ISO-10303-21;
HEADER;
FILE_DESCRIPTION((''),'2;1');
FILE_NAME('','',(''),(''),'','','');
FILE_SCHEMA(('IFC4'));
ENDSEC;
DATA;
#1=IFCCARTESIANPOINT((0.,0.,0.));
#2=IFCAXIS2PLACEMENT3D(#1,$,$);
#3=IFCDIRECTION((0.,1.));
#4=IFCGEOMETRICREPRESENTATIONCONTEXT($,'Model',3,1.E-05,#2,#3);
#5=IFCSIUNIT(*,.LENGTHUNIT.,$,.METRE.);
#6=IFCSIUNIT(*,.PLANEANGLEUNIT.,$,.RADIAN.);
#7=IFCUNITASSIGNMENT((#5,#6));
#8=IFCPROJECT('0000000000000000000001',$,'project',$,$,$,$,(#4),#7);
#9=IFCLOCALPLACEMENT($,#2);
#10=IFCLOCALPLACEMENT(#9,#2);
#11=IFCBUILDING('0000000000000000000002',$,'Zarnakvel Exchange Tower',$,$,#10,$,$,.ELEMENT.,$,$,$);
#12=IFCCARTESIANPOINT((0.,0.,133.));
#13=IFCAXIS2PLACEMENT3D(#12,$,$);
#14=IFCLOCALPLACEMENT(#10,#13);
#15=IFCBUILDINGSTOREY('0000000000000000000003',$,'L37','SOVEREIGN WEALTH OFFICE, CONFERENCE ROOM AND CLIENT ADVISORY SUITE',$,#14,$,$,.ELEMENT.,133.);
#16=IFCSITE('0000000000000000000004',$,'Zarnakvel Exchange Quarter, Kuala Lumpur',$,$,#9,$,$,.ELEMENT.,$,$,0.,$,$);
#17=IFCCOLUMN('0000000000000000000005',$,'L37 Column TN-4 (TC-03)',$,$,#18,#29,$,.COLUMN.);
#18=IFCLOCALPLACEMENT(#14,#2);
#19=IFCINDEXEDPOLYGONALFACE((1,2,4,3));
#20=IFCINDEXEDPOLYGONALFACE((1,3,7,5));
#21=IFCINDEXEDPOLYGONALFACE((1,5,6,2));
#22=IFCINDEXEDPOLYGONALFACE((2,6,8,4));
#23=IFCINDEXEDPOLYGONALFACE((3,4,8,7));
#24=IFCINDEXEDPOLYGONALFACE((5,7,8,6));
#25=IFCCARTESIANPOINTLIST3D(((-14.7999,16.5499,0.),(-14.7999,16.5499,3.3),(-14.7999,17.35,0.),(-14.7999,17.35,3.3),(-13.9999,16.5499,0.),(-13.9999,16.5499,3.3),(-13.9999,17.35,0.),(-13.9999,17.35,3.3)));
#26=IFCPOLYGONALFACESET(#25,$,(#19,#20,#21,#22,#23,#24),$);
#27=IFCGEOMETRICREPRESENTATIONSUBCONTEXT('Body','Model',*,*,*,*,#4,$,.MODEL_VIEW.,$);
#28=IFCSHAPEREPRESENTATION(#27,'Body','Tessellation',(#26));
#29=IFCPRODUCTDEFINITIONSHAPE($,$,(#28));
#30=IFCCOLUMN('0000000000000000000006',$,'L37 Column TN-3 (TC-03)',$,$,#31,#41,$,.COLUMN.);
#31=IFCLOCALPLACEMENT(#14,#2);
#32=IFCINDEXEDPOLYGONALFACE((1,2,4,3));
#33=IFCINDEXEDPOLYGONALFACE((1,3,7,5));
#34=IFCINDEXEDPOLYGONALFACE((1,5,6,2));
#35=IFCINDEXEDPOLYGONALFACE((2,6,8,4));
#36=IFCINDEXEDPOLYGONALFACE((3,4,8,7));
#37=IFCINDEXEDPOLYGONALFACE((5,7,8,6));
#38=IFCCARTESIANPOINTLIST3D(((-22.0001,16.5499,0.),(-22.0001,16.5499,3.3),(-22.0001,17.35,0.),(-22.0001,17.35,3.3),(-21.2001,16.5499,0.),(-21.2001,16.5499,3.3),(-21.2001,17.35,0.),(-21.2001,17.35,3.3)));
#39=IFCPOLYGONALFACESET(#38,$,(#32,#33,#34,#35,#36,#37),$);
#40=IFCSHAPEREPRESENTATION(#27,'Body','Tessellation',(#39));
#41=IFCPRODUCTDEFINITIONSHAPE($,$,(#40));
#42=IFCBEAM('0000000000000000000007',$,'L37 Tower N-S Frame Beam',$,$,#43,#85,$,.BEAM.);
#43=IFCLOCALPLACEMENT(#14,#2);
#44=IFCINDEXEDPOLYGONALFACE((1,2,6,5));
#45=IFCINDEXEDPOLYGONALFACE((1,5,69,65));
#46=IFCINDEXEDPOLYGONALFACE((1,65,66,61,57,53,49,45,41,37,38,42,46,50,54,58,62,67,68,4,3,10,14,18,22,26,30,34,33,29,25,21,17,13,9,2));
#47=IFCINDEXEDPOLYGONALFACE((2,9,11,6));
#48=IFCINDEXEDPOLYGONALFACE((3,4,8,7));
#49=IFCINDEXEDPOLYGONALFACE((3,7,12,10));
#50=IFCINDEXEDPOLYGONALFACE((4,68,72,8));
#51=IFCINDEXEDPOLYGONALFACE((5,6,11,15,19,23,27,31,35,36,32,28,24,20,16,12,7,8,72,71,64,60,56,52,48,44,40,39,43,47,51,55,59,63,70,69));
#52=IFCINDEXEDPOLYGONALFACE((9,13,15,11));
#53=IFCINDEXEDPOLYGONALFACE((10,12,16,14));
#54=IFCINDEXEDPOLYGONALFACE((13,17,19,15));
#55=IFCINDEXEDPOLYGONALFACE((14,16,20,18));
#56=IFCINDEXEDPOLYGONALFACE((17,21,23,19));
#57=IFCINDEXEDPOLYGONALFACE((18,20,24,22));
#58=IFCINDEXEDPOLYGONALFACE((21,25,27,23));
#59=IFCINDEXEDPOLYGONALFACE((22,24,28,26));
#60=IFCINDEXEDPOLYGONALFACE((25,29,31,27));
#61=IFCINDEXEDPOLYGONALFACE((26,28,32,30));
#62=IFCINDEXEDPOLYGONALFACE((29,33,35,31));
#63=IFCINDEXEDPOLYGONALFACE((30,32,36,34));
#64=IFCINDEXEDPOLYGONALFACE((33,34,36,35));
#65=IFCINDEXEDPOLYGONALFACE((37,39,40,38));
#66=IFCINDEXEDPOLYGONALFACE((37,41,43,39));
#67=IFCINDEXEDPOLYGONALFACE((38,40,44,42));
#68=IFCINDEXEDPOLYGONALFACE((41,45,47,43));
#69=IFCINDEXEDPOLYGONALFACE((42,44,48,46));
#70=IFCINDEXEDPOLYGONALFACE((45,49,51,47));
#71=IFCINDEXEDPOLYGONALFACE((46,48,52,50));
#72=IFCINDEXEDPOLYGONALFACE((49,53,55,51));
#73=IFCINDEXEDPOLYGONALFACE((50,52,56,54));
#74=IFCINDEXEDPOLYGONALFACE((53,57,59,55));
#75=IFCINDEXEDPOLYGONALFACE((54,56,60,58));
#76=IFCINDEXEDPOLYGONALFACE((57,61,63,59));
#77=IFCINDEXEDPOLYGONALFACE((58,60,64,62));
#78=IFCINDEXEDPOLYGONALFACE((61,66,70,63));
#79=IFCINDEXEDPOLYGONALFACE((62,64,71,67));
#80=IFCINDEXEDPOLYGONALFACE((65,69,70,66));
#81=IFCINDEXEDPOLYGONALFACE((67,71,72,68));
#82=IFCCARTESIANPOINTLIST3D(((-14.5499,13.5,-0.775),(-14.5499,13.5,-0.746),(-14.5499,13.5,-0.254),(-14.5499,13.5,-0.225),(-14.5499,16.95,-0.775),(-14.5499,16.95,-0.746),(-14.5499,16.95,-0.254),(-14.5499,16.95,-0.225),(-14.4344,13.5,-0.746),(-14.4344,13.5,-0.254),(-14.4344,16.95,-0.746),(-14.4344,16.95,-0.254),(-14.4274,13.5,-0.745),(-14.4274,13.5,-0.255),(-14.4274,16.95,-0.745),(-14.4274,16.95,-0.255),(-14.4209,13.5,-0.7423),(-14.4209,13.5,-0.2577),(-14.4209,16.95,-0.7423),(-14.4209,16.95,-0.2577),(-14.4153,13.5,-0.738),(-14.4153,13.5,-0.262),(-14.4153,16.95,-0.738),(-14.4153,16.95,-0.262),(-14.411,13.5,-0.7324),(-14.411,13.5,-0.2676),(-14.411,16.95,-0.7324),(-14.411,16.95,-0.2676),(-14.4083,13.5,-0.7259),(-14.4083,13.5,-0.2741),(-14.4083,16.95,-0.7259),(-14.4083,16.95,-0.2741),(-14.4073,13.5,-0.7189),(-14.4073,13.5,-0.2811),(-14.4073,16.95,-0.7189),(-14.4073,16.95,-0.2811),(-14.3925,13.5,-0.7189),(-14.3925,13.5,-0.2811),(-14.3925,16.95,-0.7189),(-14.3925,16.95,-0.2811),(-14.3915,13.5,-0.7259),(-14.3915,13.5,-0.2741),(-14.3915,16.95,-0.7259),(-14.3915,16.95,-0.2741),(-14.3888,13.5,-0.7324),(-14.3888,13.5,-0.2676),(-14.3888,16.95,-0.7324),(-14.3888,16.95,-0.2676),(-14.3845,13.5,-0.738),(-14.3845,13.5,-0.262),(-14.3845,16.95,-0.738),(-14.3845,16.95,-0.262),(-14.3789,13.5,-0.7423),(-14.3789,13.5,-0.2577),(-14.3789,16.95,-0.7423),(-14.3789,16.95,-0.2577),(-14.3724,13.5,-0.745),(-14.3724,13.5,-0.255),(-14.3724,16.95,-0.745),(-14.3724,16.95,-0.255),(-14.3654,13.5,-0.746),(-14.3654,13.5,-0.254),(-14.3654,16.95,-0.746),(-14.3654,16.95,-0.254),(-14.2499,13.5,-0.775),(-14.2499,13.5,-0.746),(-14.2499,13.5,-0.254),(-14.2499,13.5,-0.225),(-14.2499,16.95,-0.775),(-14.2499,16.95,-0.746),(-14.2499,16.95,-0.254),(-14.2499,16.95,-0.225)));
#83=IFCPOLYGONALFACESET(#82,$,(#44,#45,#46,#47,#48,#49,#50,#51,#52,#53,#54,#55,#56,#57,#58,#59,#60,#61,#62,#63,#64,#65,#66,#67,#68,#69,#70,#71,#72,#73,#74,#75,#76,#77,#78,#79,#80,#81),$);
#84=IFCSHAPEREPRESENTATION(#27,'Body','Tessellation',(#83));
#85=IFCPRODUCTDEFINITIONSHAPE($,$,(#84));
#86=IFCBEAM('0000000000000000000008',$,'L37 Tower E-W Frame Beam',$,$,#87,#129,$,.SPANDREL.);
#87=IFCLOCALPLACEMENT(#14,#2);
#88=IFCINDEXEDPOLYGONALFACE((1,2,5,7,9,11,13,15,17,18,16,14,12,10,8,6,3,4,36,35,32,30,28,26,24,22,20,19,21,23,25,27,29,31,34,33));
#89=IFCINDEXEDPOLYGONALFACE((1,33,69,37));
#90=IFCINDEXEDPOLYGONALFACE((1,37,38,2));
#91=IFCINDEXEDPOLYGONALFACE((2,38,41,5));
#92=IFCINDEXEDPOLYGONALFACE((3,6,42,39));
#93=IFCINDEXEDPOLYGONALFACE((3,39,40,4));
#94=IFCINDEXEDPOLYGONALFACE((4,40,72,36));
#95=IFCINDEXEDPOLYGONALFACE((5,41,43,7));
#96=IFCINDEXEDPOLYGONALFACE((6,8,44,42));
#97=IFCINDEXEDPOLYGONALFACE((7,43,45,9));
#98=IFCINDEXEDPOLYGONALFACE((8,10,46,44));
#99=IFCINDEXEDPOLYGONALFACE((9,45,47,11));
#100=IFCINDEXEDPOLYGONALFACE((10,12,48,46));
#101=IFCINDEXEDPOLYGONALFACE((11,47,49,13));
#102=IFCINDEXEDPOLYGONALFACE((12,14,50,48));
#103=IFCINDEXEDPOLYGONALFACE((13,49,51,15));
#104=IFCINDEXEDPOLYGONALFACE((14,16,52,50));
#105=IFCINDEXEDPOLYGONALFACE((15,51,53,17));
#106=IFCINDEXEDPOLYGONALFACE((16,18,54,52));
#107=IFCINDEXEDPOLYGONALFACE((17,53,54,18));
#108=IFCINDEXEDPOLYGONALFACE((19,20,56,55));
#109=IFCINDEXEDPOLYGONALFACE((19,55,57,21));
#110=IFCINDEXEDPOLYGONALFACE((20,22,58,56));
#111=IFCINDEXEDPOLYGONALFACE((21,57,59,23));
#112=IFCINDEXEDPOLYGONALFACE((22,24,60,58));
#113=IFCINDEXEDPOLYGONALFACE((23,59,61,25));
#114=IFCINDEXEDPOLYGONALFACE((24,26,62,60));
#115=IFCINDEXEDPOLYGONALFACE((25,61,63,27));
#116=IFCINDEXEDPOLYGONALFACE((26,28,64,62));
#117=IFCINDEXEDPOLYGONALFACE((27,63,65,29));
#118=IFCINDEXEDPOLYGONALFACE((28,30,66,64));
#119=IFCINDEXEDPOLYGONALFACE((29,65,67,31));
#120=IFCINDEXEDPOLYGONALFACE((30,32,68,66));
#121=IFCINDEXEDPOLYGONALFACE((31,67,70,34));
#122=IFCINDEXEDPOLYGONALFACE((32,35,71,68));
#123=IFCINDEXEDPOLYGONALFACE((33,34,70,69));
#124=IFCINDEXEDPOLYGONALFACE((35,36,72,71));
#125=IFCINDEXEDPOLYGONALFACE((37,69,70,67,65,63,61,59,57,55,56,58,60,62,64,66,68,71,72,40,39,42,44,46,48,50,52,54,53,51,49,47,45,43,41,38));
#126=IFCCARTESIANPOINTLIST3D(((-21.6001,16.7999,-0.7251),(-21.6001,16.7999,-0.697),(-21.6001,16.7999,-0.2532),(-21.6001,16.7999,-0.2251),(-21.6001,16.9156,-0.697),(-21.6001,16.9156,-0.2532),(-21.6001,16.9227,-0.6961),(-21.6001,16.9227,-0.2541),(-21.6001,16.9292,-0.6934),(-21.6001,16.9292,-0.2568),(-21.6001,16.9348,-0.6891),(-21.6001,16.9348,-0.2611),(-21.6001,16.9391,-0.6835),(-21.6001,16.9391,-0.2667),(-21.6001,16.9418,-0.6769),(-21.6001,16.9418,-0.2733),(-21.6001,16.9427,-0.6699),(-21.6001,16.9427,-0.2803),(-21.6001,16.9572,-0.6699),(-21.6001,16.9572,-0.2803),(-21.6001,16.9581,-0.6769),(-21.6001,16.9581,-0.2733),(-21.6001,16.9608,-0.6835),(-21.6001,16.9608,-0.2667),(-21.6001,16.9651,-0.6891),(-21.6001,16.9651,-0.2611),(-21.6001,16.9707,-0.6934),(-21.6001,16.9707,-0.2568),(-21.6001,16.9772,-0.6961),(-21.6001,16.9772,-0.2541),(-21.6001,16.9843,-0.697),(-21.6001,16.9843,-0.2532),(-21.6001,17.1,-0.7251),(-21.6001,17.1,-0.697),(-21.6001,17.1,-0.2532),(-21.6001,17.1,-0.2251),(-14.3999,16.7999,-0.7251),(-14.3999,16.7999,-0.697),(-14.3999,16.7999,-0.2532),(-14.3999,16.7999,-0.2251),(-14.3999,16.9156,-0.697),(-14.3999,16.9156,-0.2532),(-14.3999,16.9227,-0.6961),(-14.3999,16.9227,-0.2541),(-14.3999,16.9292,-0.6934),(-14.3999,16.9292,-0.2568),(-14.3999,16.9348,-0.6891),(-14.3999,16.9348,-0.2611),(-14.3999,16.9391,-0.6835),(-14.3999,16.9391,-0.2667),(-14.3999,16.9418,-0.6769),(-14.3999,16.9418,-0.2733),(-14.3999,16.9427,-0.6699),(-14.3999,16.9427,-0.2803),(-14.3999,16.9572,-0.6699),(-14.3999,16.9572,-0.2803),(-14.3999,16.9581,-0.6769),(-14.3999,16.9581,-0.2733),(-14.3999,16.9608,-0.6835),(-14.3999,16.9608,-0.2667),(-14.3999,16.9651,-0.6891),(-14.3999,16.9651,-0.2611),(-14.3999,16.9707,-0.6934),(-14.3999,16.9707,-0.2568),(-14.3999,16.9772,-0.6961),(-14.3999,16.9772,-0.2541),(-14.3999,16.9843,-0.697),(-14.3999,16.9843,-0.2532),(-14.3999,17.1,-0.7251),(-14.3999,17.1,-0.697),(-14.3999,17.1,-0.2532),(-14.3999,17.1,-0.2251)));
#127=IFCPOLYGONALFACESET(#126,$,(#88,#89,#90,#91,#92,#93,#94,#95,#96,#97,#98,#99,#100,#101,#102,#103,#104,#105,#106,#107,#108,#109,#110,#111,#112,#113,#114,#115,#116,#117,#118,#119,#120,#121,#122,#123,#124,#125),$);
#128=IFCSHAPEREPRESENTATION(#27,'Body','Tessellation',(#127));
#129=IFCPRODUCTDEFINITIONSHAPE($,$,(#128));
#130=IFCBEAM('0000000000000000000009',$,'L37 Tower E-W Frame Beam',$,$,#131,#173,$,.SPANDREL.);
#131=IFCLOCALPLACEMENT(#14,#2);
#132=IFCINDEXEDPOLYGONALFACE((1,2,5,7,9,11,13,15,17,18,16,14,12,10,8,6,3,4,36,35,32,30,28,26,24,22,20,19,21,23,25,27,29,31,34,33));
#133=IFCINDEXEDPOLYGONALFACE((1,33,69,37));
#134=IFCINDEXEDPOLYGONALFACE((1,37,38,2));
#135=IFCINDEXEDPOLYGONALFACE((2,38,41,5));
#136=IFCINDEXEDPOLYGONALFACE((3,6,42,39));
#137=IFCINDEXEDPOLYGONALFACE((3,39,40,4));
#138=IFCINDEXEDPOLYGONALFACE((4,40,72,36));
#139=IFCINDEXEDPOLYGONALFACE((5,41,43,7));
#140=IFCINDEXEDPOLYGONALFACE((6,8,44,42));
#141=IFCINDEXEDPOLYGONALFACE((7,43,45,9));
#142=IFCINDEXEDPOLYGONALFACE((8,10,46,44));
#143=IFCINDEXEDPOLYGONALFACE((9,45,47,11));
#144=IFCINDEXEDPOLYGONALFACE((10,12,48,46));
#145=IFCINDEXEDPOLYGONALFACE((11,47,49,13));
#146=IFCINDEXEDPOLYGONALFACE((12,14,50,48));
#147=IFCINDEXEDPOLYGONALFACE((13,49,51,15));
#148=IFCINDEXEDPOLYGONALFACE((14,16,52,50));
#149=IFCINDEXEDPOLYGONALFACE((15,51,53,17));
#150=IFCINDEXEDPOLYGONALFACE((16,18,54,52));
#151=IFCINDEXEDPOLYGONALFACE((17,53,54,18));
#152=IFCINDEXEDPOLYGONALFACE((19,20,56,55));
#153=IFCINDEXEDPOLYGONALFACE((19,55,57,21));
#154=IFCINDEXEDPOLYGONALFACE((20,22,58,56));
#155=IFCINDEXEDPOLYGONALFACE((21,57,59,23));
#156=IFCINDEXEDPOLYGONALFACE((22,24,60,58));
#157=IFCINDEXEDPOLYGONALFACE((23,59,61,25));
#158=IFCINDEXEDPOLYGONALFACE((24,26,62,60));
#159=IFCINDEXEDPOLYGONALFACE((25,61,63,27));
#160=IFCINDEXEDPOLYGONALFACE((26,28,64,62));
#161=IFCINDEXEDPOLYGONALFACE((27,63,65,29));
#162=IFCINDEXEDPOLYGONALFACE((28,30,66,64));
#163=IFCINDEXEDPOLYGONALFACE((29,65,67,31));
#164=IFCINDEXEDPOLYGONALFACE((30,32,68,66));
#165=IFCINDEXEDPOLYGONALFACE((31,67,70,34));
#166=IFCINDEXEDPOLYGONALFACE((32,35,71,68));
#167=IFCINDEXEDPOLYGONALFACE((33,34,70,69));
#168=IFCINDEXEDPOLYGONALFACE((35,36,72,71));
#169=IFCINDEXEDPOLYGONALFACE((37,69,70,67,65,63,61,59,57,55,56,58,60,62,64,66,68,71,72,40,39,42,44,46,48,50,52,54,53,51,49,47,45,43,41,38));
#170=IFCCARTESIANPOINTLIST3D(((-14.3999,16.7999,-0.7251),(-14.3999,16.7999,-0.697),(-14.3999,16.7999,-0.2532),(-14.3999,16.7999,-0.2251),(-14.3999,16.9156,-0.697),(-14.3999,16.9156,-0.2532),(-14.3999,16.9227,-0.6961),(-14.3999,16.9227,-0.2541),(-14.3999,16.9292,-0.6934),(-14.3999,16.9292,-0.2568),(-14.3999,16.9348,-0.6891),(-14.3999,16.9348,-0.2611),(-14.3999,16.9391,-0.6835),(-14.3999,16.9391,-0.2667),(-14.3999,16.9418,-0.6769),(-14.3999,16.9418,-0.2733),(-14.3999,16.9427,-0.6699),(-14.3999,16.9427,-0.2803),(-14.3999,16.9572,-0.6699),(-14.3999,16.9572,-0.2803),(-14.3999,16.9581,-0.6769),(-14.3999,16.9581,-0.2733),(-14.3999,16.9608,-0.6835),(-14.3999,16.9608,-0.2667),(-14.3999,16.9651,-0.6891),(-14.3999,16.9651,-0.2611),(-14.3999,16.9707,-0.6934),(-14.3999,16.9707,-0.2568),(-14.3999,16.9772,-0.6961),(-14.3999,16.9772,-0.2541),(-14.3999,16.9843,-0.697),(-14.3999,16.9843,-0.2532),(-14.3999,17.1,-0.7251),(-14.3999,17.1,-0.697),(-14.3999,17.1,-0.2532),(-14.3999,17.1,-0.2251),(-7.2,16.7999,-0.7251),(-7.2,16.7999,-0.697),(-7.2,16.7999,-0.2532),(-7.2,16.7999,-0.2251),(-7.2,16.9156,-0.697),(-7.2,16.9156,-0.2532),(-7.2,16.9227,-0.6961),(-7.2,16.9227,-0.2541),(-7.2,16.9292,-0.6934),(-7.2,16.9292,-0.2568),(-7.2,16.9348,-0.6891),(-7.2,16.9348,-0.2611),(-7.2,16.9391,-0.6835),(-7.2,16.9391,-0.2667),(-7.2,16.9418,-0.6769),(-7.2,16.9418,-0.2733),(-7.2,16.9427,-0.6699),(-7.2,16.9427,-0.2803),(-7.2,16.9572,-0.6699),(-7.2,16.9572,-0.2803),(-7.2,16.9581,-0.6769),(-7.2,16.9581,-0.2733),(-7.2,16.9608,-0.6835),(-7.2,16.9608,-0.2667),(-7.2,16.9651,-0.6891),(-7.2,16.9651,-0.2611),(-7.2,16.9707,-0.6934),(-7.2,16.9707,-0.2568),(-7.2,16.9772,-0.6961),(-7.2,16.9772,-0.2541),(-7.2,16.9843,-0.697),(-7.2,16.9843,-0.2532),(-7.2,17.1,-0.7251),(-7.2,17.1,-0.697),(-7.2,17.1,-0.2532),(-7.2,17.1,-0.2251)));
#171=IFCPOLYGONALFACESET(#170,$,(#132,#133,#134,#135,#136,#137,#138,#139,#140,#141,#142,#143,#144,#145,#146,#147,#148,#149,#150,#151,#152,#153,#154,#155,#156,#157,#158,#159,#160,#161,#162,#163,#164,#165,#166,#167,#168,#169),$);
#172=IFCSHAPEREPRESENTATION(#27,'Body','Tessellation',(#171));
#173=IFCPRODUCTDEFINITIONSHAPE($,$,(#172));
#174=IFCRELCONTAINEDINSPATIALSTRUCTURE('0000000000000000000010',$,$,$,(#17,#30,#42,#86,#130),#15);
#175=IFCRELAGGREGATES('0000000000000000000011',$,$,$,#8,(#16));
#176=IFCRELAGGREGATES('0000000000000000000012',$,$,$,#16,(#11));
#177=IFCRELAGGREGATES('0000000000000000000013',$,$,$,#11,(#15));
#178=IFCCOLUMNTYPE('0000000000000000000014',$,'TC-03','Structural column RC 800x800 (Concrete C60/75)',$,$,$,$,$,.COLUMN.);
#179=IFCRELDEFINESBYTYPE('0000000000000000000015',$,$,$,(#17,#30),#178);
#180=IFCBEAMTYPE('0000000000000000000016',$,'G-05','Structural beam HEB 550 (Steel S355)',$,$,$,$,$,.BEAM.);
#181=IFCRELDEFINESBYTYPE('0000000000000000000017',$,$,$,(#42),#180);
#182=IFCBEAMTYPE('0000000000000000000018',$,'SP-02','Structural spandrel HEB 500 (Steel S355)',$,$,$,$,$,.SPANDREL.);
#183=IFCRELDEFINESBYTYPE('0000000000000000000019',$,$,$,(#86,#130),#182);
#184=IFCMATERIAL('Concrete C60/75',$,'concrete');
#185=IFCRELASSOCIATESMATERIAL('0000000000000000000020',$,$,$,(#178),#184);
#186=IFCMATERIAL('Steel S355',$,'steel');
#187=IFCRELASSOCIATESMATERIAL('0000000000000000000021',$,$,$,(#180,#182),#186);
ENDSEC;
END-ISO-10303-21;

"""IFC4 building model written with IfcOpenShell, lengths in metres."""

from ifc_helpers import new_model, si_unit, direction, frame, origin, origin_2d, place, context, subcontext, project, spatial, rectangle, i_section, extrude, material, material_profile, profile_set, type_object, element, save


model = new_model("IFC4")

# Units and contexts
model_context = context("Model", 3, precision=1e-05, world=origin(), true_north=direction((0.0, 1.0)))
body_context = subcontext(model_context, "Body", "Model", "MODEL_VIEW")
ifc_project = project(units=[si_unit("LENGTHUNIT", "METRE"), si_unit("PLANEANGLEUNIT", "RADIAN")], contexts=[model_context])

# Site, building, storey
site_placement = place(None, origin())
site = spatial("IfcSite", under=ifc_project, at=site_placement, Name="Zarnakvel Exchange Quarter, Kuala Lumpur", CompositionType="ELEMENT", RefElevation=0.0)
building_placement = place(site_placement, origin())
building = spatial("IfcBuilding", under=site, at=building_placement, Name="Zarnakvel Exchange Tower", CompositionType="ELEMENT")
storey_placement = place(building_placement, frame((0.0, 0.0, 133.0)))
storey = spatial("IfcBuildingStorey", under=building, at=storey_placement, Name="L37", Description="SOVEREIGN WEALTH OFFICE, CONFERENCE ROOM AND CLIENT ADVISORY SUITE", CompositionType="ELEMENT", Elevation=133.0)

# Columns
ifc_material_1 = material(Name="Concrete C60/75", Category="concrete")
ifc_material_profile_1 = material_profile(ifc_material_1, rectangle(XDim=0.8, YDim=0.8, at=origin_2d()))
ifc_profile_set_1 = profile_set([ifc_material_profile_1], Name="Concrete C60/75")
column_type = type_object("IfcColumnType", Name="TC-03", Description="Structural column RC 800x800 (Concrete C60/75)", PredefinedType="COLUMN", material=ifc_profile_set_1)
for number, where, z_axis, x_axis, name in (
    (1, (-14.3999, 16.95, 0.0), (0.0, 0.0, 1.0), (1.0, 0.0, 0.0), "L37 Column TN-4 (TC-03)"),
    (2, (-21.6001, 16.95, 0.0), (0.0, 0.0, 1.0), (1.0, 0.0, 0.0), "L37 Column TN-3 (TC-03)"),
):
    element("IfcColumn", number, at=place(storey_placement, frame(where, z_axis=z_axis, x_axis=x_axis)), inside=storey, type_object=column_type, Name=name, PredefinedType="COLUMN", context=body_context, shape_type="SweptSolid", body=[
        extrude(rectangle(XDim=0.8, YDim=0.8, at=origin_2d()), origin(), (0.0, 0.0, 1.0), 3.3),
    ])

# Beams
ifc_material_2 = material(Name="Steel S355", Category="steel")
ifc_material_profile_2 = material_profile(ifc_material_2, i_section(OverallWidth=0.3, OverallDepth=0.55, WebThickness=0.0149, FlangeThickness=0.0291, FilletRadius=0.0271, at=origin_2d()))
ifc_profile_set_2 = profile_set([ifc_material_profile_2], Name="Steel S355")
beam_type_1 = type_object("IfcBeamType", Name="G-05", Description="Structural beam HEB 550 (Steel S355)", PredefinedType="BEAM", material=ifc_profile_set_2)
beam_1_placement = place(storey_placement, frame((-14.3999, 13.5, -0.5), z_axis=(0.0, 1.0, 0.0), x_axis=(-1.0, 0.0, 0.0)))
element("IfcBeam", 3, at=beam_1_placement, inside=storey, type_object=beam_type_1, Name="L37 Tower N-S Frame Beam", PredefinedType="BEAM", context=body_context, shape_type="SweptSolid", body=[
    extrude(i_section(OverallWidth=0.3, OverallDepth=0.55, WebThickness=0.0149, FlangeThickness=0.0291, FilletRadius=0.0271, at=origin_2d()), origin(), (0.0, 0.0, 1.0), 3.45),
])
ifc_material_profile_3 = material_profile(ifc_material_2, i_section(OverallWidth=0.3, OverallDepth=0.5, WebThickness=0.0144, FlangeThickness=0.0281, FilletRadius=0.0271, at=origin_2d()))
ifc_profile_set_3 = profile_set([ifc_material_profile_3], Name="Steel S355")
beam_type_2 = type_object("IfcBeamType", Name="SP-02", Description="Structural spandrel HEB 500 (Steel S355)", PredefinedType="SPANDREL", material=ifc_profile_set_3)
beam_2_placement = place(storey_placement, frame((-21.6001, 16.95, -0.4751), z_axis=(1.0, 0.0, 0.0), x_axis=(0.0, 1.0, 0.0)))
element("IfcBeam", 4, at=beam_2_placement, inside=storey, type_object=beam_type_2, Name="L37 Tower E-W Frame Beam", PredefinedType="SPANDREL", context=body_context, shape_type="SweptSolid", body=[
    extrude(i_section(OverallWidth=0.3, OverallDepth=0.5, WebThickness=0.0144, FlangeThickness=0.0281, FilletRadius=0.0271, at=origin_2d()), origin(), (0.0, 0.0, 1.0), 7.2002),
])
beam_3_placement = place(storey_placement, frame((-14.3999, 16.95, -0.4751), z_axis=(1.0, 0.0, 0.0), x_axis=(0.0, 1.0, 0.0)))
element("IfcBeam", 5, at=beam_3_placement, inside=storey, type_object=beam_type_2, Name="L37 Tower E-W Frame Beam", PredefinedType="SPANDREL", context=body_context, shape_type="SweptSolid", body=[
    extrude(i_section(OverallWidth=0.3, OverallDepth=0.5, WebThickness=0.0144, FlangeThickness=0.0281, FilletRadius=0.0271, at=origin_2d()), origin(), (0.0, 0.0, 1.0), 7.2),
])

save(model, "model.ifc")
